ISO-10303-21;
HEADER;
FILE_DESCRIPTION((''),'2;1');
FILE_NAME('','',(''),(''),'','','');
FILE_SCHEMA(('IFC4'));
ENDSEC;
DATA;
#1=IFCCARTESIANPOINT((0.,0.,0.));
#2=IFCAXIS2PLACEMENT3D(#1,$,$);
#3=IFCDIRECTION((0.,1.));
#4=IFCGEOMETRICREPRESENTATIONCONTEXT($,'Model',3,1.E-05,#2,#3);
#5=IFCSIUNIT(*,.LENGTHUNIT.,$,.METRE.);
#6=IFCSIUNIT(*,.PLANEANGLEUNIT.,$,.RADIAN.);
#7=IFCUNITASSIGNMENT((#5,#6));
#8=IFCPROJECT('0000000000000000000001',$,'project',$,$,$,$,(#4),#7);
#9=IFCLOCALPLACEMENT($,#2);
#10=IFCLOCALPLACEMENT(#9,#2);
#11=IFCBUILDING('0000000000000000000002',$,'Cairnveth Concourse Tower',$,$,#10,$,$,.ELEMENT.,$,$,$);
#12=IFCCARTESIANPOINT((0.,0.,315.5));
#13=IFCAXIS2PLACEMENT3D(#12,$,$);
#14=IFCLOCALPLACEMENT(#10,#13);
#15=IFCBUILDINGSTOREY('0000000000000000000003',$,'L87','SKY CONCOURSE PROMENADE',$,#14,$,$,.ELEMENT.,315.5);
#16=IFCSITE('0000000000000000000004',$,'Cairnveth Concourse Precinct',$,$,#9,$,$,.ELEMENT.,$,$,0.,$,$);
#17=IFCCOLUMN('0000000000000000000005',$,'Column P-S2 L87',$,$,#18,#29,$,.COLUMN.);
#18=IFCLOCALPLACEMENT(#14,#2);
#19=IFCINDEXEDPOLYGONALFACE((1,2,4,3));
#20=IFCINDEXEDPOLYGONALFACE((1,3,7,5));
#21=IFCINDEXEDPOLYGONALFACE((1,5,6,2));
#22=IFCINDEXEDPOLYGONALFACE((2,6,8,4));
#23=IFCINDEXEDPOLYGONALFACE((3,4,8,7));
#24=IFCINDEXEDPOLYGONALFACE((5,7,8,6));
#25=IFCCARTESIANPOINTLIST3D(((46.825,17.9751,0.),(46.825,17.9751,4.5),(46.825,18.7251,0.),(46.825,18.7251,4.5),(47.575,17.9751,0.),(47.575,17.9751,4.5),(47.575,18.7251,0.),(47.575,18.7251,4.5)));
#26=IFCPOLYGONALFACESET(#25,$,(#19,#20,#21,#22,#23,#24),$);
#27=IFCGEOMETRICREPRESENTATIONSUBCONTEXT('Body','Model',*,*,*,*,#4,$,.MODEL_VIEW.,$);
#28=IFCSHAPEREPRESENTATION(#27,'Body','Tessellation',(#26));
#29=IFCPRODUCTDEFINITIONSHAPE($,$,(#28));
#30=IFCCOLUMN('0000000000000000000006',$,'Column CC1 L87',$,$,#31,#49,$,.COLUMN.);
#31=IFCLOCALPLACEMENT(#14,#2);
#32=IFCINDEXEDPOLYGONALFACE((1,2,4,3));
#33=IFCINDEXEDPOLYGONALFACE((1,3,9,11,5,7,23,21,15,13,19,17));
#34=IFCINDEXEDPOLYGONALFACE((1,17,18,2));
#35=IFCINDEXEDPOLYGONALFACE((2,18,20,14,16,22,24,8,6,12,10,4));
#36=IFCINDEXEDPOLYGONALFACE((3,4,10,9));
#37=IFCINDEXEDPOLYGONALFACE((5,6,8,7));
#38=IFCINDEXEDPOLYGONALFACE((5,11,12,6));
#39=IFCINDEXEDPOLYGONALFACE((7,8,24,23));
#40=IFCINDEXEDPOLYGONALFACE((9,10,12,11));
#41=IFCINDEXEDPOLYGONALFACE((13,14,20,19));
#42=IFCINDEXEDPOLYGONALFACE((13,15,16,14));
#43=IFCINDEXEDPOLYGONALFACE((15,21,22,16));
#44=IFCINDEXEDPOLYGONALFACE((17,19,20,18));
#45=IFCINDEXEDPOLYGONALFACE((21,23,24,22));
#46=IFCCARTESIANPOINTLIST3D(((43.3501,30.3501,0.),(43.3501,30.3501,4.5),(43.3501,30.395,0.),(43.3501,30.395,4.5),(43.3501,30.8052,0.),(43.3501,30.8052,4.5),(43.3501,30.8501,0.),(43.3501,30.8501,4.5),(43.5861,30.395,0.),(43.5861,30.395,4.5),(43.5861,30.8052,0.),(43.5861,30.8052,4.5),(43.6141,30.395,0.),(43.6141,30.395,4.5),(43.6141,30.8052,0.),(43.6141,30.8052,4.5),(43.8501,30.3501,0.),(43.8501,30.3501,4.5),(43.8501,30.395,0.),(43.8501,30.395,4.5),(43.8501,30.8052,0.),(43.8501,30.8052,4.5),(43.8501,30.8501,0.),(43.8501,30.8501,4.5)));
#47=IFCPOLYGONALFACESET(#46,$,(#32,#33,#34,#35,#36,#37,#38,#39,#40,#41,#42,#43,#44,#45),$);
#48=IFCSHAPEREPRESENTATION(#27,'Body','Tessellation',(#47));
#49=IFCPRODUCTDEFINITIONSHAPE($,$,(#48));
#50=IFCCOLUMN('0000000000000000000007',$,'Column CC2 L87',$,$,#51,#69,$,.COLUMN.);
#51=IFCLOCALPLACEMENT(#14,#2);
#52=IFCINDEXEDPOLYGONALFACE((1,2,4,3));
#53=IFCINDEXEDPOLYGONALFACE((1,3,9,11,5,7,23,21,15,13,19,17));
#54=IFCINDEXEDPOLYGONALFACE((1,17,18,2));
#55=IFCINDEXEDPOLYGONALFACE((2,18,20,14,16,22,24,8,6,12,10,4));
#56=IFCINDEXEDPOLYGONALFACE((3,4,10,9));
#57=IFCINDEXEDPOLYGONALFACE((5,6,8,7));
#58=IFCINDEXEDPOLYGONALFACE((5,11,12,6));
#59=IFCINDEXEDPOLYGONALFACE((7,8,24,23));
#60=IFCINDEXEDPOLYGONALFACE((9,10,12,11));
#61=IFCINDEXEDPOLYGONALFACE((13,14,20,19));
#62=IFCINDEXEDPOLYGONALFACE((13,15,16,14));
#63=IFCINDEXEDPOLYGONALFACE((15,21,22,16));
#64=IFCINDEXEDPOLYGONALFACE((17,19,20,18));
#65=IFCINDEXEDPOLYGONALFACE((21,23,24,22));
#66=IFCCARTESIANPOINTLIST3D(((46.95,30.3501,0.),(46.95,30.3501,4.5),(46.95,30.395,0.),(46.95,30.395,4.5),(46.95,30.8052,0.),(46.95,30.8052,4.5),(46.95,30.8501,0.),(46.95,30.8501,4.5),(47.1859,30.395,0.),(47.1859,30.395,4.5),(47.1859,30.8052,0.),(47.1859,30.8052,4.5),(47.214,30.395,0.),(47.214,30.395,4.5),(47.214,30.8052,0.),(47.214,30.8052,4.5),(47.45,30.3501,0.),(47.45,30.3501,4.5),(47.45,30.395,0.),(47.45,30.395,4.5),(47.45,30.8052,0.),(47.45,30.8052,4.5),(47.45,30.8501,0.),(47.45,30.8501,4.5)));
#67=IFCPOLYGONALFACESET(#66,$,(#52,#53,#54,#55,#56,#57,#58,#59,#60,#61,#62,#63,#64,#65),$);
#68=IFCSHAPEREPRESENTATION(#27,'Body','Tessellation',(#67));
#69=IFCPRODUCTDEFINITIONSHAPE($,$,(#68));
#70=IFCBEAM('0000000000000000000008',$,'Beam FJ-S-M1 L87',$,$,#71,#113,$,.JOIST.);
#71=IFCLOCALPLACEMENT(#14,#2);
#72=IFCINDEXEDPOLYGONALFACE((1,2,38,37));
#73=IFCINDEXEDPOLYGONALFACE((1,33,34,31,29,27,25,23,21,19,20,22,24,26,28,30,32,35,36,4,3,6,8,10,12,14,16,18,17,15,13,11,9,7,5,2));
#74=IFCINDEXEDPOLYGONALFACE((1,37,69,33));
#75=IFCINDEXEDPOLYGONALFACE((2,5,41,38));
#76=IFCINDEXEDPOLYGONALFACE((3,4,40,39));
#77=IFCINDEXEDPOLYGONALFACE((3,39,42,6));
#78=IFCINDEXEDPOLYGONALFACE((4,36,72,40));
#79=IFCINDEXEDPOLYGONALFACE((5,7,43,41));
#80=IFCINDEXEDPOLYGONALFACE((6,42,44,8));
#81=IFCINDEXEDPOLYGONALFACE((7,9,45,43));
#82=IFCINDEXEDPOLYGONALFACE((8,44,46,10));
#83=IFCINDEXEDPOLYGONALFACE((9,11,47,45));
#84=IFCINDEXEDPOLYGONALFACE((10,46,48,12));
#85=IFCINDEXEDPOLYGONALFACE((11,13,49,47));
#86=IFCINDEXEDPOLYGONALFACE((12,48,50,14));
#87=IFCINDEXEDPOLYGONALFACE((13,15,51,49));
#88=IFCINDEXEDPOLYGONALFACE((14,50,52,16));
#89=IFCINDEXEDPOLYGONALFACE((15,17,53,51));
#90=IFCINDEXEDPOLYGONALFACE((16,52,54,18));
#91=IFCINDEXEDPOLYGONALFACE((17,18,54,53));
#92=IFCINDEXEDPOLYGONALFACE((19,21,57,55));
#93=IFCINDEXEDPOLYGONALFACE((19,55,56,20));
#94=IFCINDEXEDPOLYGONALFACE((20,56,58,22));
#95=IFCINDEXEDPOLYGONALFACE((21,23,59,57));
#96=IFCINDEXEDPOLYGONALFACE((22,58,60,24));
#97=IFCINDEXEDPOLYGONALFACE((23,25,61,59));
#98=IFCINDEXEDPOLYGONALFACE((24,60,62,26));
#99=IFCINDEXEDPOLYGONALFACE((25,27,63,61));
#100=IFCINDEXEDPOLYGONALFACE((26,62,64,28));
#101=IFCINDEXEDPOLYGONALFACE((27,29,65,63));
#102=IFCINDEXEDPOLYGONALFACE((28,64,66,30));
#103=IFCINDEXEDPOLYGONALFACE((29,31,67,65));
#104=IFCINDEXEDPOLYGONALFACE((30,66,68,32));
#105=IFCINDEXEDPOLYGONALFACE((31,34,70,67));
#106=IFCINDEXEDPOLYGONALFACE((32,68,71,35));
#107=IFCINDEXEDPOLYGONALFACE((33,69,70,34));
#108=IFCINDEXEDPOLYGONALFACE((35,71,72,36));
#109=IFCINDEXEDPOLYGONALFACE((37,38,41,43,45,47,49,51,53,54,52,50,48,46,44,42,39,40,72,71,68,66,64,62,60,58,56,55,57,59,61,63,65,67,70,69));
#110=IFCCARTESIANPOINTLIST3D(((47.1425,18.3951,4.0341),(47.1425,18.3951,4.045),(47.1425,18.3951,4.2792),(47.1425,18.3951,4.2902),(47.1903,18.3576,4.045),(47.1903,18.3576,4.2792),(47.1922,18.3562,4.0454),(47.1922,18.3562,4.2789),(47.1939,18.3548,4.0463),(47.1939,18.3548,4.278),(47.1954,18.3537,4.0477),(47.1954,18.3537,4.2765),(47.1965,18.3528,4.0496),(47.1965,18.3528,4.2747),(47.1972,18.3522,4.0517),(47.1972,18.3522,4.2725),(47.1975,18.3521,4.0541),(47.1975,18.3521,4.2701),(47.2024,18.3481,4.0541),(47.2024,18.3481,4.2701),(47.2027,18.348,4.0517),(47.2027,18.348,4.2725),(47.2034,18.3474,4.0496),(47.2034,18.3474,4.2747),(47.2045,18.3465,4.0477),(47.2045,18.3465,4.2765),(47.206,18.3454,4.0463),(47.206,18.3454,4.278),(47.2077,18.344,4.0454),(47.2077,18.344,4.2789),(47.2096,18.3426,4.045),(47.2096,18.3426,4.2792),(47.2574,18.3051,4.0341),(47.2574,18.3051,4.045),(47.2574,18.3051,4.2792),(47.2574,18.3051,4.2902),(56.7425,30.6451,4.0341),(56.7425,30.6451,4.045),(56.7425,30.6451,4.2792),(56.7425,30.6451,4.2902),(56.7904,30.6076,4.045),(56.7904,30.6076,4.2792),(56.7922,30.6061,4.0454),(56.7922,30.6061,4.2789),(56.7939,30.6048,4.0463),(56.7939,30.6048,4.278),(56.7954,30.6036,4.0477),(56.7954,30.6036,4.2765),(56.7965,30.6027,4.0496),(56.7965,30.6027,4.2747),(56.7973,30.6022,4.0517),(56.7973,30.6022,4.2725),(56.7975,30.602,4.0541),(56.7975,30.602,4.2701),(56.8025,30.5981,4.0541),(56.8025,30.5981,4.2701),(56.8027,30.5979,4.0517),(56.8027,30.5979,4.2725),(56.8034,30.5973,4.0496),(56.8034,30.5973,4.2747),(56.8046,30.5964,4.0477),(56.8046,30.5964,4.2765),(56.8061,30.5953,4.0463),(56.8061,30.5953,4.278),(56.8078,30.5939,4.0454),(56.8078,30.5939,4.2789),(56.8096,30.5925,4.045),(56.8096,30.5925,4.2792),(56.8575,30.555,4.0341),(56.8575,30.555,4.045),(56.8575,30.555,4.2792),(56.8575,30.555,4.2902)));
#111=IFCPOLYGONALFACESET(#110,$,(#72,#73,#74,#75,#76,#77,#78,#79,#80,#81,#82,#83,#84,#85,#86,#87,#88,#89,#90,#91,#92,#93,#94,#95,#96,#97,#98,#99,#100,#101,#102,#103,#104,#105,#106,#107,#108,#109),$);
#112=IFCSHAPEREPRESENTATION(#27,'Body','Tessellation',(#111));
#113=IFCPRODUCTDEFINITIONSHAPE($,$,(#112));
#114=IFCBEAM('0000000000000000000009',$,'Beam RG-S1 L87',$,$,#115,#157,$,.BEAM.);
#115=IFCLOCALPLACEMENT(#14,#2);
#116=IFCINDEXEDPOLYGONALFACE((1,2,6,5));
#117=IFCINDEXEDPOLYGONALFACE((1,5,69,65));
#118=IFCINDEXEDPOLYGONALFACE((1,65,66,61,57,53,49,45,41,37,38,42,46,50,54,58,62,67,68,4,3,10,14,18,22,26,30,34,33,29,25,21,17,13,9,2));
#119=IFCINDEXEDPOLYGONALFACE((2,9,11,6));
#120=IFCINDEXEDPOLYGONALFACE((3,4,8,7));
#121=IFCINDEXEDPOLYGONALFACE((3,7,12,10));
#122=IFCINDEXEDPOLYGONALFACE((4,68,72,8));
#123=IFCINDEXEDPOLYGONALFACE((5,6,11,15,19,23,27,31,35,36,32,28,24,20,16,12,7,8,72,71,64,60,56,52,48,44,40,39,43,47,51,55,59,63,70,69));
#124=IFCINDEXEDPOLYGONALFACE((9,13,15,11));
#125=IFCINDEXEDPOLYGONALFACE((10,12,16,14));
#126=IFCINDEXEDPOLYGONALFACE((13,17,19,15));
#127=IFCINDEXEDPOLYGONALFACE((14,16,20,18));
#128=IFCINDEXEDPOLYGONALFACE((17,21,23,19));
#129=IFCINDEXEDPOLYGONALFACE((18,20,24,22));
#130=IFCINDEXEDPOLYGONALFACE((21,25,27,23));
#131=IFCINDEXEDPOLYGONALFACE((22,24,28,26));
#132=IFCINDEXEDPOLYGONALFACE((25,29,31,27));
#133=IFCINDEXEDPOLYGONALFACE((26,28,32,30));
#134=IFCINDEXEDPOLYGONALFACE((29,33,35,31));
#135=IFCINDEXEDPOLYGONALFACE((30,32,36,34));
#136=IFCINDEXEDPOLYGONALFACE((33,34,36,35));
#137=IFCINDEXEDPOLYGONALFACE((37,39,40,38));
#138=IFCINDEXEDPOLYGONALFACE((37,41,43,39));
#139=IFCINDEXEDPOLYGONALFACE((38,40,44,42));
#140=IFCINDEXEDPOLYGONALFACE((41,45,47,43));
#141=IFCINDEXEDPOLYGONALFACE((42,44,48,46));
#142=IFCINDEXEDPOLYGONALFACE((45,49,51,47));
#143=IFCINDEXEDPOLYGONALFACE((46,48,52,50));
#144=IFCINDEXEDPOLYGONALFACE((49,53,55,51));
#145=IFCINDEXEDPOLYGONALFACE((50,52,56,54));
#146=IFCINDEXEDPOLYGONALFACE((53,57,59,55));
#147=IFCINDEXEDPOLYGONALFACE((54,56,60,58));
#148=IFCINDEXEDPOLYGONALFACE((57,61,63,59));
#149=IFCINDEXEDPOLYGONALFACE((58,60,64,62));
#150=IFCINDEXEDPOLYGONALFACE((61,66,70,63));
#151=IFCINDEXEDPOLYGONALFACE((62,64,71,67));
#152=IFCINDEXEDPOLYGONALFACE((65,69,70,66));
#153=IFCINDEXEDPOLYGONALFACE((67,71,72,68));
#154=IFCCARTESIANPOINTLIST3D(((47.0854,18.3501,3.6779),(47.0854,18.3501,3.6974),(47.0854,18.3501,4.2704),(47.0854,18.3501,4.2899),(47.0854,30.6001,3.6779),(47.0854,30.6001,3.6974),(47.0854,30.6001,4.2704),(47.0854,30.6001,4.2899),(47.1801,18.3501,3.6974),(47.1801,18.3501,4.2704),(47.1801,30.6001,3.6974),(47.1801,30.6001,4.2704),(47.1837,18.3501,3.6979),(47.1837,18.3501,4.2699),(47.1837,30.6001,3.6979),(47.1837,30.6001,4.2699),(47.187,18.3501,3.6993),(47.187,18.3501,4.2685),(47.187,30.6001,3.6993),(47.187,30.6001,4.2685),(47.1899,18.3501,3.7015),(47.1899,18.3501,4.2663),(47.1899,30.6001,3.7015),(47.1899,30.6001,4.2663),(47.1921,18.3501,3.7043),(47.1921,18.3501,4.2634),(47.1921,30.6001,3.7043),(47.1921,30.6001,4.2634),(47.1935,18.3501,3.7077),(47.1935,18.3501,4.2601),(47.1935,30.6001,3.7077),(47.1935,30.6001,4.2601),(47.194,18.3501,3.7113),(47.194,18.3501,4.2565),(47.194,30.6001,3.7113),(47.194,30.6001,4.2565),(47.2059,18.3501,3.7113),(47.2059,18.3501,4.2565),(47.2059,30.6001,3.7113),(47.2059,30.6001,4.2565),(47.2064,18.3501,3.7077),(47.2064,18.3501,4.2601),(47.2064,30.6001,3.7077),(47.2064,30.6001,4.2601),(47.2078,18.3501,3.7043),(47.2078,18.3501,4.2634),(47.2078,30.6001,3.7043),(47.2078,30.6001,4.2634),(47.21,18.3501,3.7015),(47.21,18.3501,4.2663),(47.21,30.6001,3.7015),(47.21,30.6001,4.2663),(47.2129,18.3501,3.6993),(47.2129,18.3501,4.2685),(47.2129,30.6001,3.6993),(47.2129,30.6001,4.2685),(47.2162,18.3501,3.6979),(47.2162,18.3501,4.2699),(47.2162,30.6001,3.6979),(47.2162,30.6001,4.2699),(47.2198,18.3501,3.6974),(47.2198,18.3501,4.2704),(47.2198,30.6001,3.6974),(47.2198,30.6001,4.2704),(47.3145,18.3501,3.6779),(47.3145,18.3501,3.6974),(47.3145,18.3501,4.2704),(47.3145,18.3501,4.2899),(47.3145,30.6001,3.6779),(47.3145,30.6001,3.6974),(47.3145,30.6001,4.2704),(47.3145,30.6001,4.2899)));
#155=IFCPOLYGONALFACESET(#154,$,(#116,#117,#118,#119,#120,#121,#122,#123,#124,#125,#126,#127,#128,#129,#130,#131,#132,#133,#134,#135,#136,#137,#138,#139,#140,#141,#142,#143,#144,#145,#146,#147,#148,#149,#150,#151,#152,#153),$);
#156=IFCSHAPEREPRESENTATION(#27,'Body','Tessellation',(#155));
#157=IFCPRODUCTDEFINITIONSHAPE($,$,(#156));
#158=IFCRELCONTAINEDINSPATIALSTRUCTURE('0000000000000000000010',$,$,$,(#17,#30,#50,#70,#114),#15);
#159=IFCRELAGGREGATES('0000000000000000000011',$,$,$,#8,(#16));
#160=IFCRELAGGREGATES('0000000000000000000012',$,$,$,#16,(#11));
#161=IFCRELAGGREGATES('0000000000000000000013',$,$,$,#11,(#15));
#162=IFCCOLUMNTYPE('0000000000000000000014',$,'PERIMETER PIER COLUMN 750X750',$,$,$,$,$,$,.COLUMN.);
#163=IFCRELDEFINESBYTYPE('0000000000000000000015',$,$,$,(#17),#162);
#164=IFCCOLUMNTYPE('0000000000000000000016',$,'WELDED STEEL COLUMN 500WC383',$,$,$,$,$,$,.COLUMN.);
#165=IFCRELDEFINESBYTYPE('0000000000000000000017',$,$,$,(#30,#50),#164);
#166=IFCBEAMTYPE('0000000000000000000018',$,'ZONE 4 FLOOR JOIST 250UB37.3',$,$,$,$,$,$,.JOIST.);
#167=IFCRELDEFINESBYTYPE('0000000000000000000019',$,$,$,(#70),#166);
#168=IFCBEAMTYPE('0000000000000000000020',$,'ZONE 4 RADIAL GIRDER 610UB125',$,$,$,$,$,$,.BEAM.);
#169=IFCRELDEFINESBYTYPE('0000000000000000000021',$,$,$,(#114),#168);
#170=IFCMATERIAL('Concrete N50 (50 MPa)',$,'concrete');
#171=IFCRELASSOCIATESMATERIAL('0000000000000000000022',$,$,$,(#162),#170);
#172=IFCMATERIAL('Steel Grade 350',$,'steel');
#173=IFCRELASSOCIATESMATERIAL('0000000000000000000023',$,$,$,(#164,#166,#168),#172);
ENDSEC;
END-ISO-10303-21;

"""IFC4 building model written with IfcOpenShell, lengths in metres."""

from ifc_helpers import new_model, si_unit, direction, frame, origin, origin_2d, place, context, subcontext, project, spatial, rectangle, i_section, extrude, material, material_profile, profile_set, type_object, element, save


model = new_model("IFC4")

# Units and contexts
model_context = context("Model", 3, precision=1e-05, world=origin(), true_north=direction((0.0, 1.0)))
body_context = subcontext(model_context, "Body", "Model", "MODEL_VIEW")
ifc_project = project(units=[si_unit("LENGTHUNIT", "METRE"), si_unit("PLANEANGLEUNIT", "RADIAN")], contexts=[model_context])

# Site, building, storey
site_placement = place(None, origin())
site = spatial("IfcSite", under=ifc_project, at=site_placement, Name="Cairnveth Concourse Precinct", CompositionType="ELEMENT", RefElevation=0.0)
building_placement = place(site_placement, origin())
building = spatial("IfcBuilding", under=site, at=building_placement, Name="Cairnveth Concourse Tower", CompositionType="ELEMENT")
storey_placement = place(building_placement, frame((0.0, 0.0, 315.5)))
storey = spatial("IfcBuildingStorey", under=building, at=storey_placement, Name="L87", Description="SKY CONCOURSE PROMENADE", CompositionType="ELEMENT", Elevation=315.5)

# Columns
ifc_material_1 = material(Name="Concrete N50 (50 MPa)", Category="concrete")
ifc_material_profile_1 = material_profile(ifc_material_1, rectangle(XDim=0.75, YDim=0.75, at=origin_2d()), Name="RC-COL-750x750")
ifc_profile_set_1 = profile_set([ifc_material_profile_1], Name="Concrete N50 (50 MPa)")
column_type_1 = type_object("IfcColumnType", Name="PERIMETER PIER COLUMN 750X750", PredefinedType="COLUMN", material=ifc_profile_set_1)
column_placement = place(storey_placement, frame((47.2, 18.3501, 0.0), z_axis=(0.0, 0.0, 1.0), x_axis=(1.0, 0.0, 0.0)))
element("IfcColumn", 1, at=column_placement, inside=storey, type_object=column_type_1, Name="Column P-S2 L87", PredefinedType="COLUMN", context=body_context, shape_type="SweptSolid", body=[
    extrude(rectangle(XDim=0.75, YDim=0.75, at=origin_2d()), origin(), (0.0, 0.0, 1.0), 4.5),
])
ifc_material_2 = material(Name="Steel Grade 350", Category="steel")
ifc_material_profile_2 = material_profile(ifc_material_2, i_section(OverallWidth=0.5, OverallDepth=0.5, WebThickness=0.0281, FlangeThickness=0.0449, at=origin_2d()), Name="500WC383")
ifc_profile_set_2 = profile_set([ifc_material_profile_2], Name="Steel Grade 350")
column_type_2 = type_object("IfcColumnType", Name="WELDED STEEL COLUMN 500WC383", PredefinedType="COLUMN", material=ifc_profile_set_2)
for number, where, z_axis, x_axis, name in (
    (2, (43.6001, 30.6001, 0.0), (0.0, 0.0, 1.0), (1.0, 0.0, 0.0), "Column CC1 L87"),
    (3, (47.2, 30.6001, 0.0), (0.0, 0.0, 1.0), (1.0, 0.0, 0.0), "Column CC2 L87"),
):
    element("IfcColumn", number, at=place(storey_placement, frame(where, z_axis=z_axis, x_axis=x_axis)), inside=storey, type_object=column_type_2, Name=name, PredefinedType="COLUMN", context=body_context, shape_type="SweptSolid", body=[
        extrude(i_section(OverallWidth=0.5, OverallDepth=0.5, WebThickness=0.0281, FlangeThickness=0.0449, at=origin_2d()), origin(), (0.0, 0.0, 1.0), 4.5),
    ])

# Beams
ifc_material_profile_3 = material_profile(ifc_material_2, i_section(OverallWidth=0.146, OverallDepth=0.2561, WebThickness=0.0063, FlangeThickness=0.011, FilletRadius=0.009, at=origin_2d()), Name="250UB37.3")
ifc_profile_set_3 = profile_set([ifc_material_profile_3], Name="Steel Grade 350")
beam_type_1 = type_object("IfcBeamType", Name="ZONE 4 FLOOR JOIST 250UB37.3", PredefinedType="JOIST", material=ifc_profile_set_3)
beam_1_placement = place(storey_placement, frame((47.2, 18.3501, 4.1621), z_axis=(0.616832, 0.787095, 0.0), x_axis=(-0.787095, 0.616832, 0.0)))
element("IfcBeam", 4, at=beam_1_placement, inside=storey, type_object=beam_type_1, Name="Beam FJ-S-M1 L87", PredefinedType="JOIST", context=body_context, shape_type="SweptSolid", body=[
    extrude(i_section(OverallWidth=0.146, OverallDepth=0.2561, WebThickness=0.0063, FlangeThickness=0.011, FilletRadius=0.009, at=origin_2d()), origin(), (0.0, 0.0, 1.0), 15.5635),
])
ifc_material_profile_4 = material_profile(ifc_material_2, i_section(OverallWidth=0.229, OverallDepth=0.6121, WebThickness=0.012, FlangeThickness=0.0195, FilletRadius=0.0139, at=origin_2d()), Name="610UB125")
ifc_profile_set_4 = profile_set([ifc_material_profile_4], Name="Steel Grade 350")
beam_type_2 = type_object("IfcBeamType", Name="ZONE 4 RADIAL GIRDER 610UB125", PredefinedType="BEAM", material=ifc_profile_set_4)
beam_2_placement = place(storey_placement, frame((47.2, 18.3501, 3.9839), z_axis=(0.0, 1.0, 0.0), x_axis=(-1.0, 0.0, 0.0)))
element("IfcBeam", 5, at=beam_2_placement, inside=storey, type_object=beam_type_2, Name="Beam RG-S1 L87", PredefinedType="BEAM", context=body_context, shape_type="SweptSolid", body=[
    extrude(i_section(OverallWidth=0.229, OverallDepth=0.6121, WebThickness=0.012, FlangeThickness=0.0195, FilletRadius=0.0139, at=origin_2d()), origin(), (0.0, 0.0, 1.0), 12.25),
])

save(model, "model.ifc")
